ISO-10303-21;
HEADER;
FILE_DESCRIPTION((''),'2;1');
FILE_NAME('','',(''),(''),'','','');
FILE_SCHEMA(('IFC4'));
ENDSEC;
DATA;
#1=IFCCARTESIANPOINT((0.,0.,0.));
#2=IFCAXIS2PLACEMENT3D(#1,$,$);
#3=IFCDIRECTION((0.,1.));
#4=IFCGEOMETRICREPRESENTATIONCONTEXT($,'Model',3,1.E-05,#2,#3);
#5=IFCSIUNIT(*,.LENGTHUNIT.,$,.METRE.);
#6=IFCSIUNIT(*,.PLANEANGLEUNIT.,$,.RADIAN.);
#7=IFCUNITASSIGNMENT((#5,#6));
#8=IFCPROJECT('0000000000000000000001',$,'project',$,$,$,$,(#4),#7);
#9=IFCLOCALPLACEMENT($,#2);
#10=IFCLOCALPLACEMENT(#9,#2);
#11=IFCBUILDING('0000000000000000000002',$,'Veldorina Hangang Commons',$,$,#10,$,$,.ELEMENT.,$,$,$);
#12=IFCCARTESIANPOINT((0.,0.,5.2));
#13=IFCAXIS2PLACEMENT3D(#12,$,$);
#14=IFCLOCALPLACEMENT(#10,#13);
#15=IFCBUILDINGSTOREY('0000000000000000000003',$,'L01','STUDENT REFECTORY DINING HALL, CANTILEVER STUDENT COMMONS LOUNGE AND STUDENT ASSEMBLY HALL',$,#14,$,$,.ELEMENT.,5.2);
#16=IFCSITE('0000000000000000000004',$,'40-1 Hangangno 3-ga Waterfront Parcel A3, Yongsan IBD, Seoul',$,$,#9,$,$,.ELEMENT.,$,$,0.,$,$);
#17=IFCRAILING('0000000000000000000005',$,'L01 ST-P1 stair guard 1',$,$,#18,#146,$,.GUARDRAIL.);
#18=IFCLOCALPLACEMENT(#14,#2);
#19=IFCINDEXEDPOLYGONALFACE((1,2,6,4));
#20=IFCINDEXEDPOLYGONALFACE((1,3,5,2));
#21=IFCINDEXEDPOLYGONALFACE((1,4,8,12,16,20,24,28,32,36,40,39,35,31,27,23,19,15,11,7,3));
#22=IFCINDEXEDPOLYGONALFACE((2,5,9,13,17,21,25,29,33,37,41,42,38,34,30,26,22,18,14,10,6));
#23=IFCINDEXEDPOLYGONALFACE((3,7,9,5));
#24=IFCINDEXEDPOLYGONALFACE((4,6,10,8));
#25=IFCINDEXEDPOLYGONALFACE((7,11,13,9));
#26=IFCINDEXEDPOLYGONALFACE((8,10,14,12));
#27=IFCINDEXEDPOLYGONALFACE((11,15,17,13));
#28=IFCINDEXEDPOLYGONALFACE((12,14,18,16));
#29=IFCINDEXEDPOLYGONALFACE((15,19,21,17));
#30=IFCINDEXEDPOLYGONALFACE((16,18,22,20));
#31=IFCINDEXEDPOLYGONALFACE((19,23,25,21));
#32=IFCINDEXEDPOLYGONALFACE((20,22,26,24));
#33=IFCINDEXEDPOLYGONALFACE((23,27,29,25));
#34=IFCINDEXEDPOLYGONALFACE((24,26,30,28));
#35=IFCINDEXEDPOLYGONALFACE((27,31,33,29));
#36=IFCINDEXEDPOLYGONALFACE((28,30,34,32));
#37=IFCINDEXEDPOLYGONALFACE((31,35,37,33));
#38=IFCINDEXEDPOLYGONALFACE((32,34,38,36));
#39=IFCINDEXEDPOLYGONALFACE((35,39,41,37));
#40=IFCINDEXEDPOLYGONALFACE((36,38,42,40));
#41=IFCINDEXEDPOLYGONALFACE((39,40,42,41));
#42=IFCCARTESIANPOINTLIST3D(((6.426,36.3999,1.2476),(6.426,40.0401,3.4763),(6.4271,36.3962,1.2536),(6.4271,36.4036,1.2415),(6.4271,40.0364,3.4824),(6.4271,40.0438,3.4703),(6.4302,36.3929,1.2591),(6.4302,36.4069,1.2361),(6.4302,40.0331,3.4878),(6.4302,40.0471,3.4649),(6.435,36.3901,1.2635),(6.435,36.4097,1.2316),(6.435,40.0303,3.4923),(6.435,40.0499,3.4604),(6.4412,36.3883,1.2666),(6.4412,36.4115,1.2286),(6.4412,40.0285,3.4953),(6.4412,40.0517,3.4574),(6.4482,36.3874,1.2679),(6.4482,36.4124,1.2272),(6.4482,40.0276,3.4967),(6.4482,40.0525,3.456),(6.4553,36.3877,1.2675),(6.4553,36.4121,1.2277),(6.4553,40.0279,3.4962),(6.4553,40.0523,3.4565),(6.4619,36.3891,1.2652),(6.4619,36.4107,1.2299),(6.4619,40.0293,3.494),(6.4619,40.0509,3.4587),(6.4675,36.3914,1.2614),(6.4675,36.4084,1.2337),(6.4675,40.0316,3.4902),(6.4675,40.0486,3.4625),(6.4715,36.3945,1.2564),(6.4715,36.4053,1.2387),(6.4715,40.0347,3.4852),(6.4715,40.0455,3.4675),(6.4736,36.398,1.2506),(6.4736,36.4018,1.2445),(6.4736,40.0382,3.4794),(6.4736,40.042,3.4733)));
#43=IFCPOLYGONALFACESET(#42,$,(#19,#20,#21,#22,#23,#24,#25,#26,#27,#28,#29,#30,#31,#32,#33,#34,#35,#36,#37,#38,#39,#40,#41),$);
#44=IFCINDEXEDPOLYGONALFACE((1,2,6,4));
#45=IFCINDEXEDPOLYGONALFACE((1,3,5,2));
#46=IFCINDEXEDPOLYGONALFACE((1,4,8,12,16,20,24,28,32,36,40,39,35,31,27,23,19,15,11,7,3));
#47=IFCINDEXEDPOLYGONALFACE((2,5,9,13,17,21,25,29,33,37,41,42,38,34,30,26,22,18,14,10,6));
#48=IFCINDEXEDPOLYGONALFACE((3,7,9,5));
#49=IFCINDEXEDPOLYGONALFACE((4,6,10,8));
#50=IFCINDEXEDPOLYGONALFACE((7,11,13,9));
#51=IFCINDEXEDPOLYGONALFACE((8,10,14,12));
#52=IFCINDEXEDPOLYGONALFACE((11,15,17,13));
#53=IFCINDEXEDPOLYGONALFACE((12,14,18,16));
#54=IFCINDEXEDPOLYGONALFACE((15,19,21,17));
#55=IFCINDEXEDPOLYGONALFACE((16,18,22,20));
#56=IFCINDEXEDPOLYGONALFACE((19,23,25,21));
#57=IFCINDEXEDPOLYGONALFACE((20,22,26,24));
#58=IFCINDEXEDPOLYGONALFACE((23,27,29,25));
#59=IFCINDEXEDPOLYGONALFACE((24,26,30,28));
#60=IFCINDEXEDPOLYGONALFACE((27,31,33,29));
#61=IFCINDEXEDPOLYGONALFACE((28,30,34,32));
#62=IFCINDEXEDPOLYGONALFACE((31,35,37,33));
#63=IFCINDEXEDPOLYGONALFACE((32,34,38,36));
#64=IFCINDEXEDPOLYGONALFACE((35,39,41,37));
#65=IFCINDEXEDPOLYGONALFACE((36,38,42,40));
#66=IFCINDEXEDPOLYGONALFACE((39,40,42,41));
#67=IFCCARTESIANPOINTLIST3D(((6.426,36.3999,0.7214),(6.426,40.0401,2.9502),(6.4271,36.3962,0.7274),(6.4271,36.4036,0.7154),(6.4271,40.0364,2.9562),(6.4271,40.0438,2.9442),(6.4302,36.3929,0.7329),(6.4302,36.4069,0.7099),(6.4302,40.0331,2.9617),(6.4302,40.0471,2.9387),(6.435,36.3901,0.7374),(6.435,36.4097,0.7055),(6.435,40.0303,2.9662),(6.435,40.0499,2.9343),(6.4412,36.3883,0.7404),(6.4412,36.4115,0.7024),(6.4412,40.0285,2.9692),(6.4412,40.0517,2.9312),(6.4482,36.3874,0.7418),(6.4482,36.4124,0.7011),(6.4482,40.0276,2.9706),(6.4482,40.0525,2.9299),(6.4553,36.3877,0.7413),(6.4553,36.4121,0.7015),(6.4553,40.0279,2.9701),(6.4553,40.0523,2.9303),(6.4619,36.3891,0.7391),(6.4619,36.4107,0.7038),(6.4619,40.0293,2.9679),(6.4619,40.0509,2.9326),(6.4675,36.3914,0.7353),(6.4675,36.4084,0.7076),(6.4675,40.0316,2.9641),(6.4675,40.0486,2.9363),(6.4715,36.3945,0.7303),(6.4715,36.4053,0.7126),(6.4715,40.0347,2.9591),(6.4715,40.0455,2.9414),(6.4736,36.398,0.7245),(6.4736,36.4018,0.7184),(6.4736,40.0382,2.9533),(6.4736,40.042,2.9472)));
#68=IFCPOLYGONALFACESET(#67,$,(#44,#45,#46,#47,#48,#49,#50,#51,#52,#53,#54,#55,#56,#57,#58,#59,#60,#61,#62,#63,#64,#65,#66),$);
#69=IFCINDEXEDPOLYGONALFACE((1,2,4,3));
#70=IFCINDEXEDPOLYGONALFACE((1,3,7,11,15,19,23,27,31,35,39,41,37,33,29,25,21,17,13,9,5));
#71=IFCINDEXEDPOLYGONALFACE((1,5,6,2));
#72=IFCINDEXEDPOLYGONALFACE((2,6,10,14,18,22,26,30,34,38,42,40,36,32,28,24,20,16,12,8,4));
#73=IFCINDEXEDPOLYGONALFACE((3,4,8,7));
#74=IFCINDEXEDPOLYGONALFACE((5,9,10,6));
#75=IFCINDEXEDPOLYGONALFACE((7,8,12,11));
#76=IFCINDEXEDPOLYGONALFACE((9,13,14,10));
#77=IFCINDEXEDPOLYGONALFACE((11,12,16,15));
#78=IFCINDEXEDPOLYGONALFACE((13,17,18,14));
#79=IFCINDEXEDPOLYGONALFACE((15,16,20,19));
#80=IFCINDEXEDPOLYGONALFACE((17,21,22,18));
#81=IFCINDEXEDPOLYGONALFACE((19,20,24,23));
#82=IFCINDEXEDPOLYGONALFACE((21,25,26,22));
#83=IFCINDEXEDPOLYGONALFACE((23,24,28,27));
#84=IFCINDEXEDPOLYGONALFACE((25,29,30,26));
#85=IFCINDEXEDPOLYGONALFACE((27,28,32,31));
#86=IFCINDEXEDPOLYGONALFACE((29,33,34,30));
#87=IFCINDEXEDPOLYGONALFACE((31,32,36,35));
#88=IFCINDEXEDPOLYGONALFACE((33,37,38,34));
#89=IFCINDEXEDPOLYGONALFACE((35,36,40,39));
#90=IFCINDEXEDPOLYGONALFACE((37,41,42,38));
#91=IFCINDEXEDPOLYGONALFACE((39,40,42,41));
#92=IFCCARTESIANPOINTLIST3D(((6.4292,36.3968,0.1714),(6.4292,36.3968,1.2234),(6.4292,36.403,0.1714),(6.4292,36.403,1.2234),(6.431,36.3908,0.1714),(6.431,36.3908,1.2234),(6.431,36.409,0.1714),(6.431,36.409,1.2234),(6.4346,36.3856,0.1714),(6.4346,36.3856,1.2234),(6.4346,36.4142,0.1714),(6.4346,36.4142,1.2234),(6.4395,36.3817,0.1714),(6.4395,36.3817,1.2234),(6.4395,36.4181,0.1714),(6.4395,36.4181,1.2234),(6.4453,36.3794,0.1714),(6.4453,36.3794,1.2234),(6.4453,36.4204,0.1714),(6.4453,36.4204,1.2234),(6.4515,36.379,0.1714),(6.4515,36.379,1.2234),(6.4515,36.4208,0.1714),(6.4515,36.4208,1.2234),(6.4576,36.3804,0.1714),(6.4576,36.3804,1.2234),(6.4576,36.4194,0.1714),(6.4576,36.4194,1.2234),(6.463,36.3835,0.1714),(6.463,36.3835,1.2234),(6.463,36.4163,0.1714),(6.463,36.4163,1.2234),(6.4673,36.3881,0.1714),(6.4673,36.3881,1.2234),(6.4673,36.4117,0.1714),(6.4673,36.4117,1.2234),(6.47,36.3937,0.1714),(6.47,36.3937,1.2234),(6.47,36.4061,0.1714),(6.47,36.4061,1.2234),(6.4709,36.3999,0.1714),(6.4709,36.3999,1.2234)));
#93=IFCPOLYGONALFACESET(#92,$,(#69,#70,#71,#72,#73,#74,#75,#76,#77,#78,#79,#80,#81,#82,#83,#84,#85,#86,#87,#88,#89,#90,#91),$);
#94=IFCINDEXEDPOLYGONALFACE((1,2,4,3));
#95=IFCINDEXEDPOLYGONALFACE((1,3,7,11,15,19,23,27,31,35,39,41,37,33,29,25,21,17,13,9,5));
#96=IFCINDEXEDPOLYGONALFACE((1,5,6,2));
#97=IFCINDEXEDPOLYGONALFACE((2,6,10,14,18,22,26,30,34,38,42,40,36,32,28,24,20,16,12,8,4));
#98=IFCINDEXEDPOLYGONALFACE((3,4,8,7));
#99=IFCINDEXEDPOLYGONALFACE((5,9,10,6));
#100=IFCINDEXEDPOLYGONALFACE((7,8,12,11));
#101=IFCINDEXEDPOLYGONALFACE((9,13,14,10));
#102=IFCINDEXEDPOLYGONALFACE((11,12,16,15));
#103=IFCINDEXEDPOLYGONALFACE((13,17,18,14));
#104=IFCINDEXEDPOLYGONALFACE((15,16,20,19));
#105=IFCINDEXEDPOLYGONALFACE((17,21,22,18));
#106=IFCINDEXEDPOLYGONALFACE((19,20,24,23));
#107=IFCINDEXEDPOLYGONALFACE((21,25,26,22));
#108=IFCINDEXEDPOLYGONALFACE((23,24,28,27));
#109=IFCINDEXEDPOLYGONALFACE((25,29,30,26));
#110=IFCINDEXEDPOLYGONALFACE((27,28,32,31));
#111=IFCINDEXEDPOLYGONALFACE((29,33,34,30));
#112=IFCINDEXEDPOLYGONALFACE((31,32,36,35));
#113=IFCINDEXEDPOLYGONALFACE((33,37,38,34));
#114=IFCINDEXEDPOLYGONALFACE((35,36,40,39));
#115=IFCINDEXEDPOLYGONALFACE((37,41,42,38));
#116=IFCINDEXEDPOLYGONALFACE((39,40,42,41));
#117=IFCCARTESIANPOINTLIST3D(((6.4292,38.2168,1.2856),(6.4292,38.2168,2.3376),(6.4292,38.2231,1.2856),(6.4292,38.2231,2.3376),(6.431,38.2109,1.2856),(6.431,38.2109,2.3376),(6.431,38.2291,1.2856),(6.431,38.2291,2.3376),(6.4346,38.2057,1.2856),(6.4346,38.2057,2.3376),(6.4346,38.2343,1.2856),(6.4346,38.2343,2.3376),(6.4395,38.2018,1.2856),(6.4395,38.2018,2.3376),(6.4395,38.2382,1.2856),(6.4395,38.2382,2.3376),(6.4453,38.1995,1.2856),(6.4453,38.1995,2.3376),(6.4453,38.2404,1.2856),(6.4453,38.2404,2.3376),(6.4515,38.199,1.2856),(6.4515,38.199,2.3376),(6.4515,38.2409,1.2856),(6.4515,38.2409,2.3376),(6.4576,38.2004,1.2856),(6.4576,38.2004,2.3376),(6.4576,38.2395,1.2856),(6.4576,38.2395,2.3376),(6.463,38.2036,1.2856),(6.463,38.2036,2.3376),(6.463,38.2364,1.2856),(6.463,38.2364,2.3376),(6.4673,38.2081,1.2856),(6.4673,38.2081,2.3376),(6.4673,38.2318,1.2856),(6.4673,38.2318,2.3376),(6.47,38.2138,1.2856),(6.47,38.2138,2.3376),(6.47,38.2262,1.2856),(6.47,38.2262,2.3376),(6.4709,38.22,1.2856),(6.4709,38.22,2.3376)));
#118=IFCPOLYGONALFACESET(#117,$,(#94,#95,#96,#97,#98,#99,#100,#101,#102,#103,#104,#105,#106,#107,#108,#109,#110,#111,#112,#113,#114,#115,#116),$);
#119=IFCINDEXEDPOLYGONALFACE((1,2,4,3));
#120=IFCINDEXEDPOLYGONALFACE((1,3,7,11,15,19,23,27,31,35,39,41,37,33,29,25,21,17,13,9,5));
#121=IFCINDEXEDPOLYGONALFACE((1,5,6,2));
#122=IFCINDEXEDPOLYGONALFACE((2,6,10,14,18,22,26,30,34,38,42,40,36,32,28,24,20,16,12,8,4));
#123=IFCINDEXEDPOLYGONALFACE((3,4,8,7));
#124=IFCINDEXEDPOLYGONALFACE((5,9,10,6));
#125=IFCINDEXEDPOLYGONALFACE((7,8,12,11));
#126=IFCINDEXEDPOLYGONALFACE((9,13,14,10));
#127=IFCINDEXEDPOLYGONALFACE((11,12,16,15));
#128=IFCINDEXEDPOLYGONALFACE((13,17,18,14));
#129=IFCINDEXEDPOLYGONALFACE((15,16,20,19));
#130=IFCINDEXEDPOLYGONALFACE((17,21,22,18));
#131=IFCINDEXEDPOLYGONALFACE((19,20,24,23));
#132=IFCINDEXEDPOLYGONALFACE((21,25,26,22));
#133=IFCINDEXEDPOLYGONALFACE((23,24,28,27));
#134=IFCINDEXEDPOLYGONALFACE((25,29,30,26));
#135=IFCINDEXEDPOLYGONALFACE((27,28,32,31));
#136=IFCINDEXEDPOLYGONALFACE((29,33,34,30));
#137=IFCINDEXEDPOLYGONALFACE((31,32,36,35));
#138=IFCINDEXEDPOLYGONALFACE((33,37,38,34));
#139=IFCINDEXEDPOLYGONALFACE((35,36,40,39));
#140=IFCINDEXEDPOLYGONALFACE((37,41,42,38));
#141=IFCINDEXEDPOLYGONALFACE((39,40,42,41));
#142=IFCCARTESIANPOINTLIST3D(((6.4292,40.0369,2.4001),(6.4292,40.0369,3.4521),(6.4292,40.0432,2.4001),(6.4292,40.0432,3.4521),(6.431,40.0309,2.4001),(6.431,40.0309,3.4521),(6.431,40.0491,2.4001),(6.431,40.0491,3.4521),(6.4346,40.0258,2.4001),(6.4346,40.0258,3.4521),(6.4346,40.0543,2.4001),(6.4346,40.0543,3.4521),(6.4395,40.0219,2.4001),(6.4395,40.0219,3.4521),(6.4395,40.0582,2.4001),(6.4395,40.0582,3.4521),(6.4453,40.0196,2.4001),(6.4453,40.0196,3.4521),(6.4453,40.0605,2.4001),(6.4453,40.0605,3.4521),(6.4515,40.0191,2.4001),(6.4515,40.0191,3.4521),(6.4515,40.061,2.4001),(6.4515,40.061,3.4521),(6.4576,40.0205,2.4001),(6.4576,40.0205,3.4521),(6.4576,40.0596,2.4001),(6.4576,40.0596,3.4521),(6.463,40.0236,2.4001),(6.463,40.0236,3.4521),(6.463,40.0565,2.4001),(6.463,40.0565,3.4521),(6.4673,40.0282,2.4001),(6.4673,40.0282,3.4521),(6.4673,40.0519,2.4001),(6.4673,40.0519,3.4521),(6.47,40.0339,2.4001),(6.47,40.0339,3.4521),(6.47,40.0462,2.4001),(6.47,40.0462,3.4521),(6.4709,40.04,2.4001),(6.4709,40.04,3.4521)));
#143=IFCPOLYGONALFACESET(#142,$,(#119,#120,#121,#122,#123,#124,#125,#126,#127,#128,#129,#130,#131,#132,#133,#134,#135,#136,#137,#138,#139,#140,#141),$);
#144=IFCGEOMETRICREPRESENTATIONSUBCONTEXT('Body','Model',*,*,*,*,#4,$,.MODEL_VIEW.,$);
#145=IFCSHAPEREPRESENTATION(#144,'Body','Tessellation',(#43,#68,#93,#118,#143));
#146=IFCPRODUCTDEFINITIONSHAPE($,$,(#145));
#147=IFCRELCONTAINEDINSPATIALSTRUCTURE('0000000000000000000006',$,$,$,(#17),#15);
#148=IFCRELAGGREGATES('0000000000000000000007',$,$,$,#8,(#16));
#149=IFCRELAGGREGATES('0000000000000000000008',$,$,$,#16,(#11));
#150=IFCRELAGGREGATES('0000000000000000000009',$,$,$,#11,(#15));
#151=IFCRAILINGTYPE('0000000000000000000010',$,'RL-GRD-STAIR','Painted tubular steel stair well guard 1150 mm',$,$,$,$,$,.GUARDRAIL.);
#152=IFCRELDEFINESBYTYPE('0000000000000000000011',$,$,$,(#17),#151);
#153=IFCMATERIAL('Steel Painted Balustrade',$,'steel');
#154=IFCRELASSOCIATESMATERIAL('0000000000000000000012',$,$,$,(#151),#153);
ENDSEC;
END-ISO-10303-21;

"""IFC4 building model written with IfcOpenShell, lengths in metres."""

from ifc_helpers import new_model, si_unit, direction, frame, origin, origin_2d, place, context, subcontext, project, spatial, circle, extrude, material, type_object, element, save


model = new_model("IFC4")

# Units and contexts
model_context = context("Model", 3, precision=1e-05, world=origin(), true_north=direction((0.0, 1.0)))
body_context = subcontext(model_context, "Body", "Model", "MODEL_VIEW")
ifc_project = project(units=[si_unit("LENGTHUNIT", "METRE"), si_unit("PLANEANGLEUNIT", "RADIAN")], contexts=[model_context])

# Site, building, storey
site_placement = place(None, origin())
site = spatial("IfcSite", under=ifc_project, at=site_placement, Name="40-1 Hangangno 3-ga Waterfront Parcel A3, Yongsan IBD, Seoul", CompositionType="ELEMENT", RefElevation=0.0)
building_placement = place(site_placement, origin())
building = spatial("IfcBuilding", under=site, at=building_placement, Name="Veldorina Hangang Commons", CompositionType="ELEMENT")
storey_placement = place(building_placement, frame((0.0, 0.0, 5.2)))
storey = spatial("IfcBuildingStorey", under=building, at=storey_placement, Name="L01", Description="STUDENT REFECTORY DINING HALL, CANTILEVER STUDENT COMMONS LOUNGE AND STUDENT ASSEMBLY HALL", CompositionType="ELEMENT", Elevation=5.2)

# Railing
ifc_material_1 = material(Name="Steel Painted Balustrade", Category="steel")
railing_type = type_object("IfcRailingType", Name="RL-GRD-STAIR", Description="Painted tubular steel stair well guard 1150 mm", PredefinedType="GUARDRAIL", material=ifc_material_1)
railing_1_placement = place(storey_placement, frame((6.45, 36.3999, 0.1714)))
element("IfcRailing", 1, at=railing_1_placement, inside=storey, type_object=railing_type, Name="L01 ST-P1 stair guard 1", PredefinedType="GUARDRAIL", context=body_context, shape_type="SweptSolid", body=[
    extrude(circle(Radius=0.0239, at=origin_2d()), frame((0.0, 0.0, 1.0762), z_axis=(0.0, 0.85284, 0.522172), x_axis=(-1.0, 0.0, 0.0)), (0.0, 0.0, 1.0), 4.2683),
    extrude(circle(Radius=0.0239, at=origin_2d()), frame((0.0, 0.0, 0.55), z_axis=(0.0, 0.85284, 0.522172), x_axis=(-1.0, 0.0, 0.0)), (0.0, 0.0, 1.0), 4.2683),
    extrude(circle(Radius=0.021, at=origin_2d()), origin(), (0.0, 0.0, 1.0), 1.052),
    extrude(circle(Radius=0.021, at=origin_2d()), frame((0.0, 1.8201, 1.1143)), (0.0, 0.0, 1.0), 1.052),
    extrude(circle(Radius=0.021, at=origin_2d()), frame((0.0, 3.6401, 2.2288)), (0.0, 0.0, 1.0), 1.052),
])

save(model, "model.ifc")
